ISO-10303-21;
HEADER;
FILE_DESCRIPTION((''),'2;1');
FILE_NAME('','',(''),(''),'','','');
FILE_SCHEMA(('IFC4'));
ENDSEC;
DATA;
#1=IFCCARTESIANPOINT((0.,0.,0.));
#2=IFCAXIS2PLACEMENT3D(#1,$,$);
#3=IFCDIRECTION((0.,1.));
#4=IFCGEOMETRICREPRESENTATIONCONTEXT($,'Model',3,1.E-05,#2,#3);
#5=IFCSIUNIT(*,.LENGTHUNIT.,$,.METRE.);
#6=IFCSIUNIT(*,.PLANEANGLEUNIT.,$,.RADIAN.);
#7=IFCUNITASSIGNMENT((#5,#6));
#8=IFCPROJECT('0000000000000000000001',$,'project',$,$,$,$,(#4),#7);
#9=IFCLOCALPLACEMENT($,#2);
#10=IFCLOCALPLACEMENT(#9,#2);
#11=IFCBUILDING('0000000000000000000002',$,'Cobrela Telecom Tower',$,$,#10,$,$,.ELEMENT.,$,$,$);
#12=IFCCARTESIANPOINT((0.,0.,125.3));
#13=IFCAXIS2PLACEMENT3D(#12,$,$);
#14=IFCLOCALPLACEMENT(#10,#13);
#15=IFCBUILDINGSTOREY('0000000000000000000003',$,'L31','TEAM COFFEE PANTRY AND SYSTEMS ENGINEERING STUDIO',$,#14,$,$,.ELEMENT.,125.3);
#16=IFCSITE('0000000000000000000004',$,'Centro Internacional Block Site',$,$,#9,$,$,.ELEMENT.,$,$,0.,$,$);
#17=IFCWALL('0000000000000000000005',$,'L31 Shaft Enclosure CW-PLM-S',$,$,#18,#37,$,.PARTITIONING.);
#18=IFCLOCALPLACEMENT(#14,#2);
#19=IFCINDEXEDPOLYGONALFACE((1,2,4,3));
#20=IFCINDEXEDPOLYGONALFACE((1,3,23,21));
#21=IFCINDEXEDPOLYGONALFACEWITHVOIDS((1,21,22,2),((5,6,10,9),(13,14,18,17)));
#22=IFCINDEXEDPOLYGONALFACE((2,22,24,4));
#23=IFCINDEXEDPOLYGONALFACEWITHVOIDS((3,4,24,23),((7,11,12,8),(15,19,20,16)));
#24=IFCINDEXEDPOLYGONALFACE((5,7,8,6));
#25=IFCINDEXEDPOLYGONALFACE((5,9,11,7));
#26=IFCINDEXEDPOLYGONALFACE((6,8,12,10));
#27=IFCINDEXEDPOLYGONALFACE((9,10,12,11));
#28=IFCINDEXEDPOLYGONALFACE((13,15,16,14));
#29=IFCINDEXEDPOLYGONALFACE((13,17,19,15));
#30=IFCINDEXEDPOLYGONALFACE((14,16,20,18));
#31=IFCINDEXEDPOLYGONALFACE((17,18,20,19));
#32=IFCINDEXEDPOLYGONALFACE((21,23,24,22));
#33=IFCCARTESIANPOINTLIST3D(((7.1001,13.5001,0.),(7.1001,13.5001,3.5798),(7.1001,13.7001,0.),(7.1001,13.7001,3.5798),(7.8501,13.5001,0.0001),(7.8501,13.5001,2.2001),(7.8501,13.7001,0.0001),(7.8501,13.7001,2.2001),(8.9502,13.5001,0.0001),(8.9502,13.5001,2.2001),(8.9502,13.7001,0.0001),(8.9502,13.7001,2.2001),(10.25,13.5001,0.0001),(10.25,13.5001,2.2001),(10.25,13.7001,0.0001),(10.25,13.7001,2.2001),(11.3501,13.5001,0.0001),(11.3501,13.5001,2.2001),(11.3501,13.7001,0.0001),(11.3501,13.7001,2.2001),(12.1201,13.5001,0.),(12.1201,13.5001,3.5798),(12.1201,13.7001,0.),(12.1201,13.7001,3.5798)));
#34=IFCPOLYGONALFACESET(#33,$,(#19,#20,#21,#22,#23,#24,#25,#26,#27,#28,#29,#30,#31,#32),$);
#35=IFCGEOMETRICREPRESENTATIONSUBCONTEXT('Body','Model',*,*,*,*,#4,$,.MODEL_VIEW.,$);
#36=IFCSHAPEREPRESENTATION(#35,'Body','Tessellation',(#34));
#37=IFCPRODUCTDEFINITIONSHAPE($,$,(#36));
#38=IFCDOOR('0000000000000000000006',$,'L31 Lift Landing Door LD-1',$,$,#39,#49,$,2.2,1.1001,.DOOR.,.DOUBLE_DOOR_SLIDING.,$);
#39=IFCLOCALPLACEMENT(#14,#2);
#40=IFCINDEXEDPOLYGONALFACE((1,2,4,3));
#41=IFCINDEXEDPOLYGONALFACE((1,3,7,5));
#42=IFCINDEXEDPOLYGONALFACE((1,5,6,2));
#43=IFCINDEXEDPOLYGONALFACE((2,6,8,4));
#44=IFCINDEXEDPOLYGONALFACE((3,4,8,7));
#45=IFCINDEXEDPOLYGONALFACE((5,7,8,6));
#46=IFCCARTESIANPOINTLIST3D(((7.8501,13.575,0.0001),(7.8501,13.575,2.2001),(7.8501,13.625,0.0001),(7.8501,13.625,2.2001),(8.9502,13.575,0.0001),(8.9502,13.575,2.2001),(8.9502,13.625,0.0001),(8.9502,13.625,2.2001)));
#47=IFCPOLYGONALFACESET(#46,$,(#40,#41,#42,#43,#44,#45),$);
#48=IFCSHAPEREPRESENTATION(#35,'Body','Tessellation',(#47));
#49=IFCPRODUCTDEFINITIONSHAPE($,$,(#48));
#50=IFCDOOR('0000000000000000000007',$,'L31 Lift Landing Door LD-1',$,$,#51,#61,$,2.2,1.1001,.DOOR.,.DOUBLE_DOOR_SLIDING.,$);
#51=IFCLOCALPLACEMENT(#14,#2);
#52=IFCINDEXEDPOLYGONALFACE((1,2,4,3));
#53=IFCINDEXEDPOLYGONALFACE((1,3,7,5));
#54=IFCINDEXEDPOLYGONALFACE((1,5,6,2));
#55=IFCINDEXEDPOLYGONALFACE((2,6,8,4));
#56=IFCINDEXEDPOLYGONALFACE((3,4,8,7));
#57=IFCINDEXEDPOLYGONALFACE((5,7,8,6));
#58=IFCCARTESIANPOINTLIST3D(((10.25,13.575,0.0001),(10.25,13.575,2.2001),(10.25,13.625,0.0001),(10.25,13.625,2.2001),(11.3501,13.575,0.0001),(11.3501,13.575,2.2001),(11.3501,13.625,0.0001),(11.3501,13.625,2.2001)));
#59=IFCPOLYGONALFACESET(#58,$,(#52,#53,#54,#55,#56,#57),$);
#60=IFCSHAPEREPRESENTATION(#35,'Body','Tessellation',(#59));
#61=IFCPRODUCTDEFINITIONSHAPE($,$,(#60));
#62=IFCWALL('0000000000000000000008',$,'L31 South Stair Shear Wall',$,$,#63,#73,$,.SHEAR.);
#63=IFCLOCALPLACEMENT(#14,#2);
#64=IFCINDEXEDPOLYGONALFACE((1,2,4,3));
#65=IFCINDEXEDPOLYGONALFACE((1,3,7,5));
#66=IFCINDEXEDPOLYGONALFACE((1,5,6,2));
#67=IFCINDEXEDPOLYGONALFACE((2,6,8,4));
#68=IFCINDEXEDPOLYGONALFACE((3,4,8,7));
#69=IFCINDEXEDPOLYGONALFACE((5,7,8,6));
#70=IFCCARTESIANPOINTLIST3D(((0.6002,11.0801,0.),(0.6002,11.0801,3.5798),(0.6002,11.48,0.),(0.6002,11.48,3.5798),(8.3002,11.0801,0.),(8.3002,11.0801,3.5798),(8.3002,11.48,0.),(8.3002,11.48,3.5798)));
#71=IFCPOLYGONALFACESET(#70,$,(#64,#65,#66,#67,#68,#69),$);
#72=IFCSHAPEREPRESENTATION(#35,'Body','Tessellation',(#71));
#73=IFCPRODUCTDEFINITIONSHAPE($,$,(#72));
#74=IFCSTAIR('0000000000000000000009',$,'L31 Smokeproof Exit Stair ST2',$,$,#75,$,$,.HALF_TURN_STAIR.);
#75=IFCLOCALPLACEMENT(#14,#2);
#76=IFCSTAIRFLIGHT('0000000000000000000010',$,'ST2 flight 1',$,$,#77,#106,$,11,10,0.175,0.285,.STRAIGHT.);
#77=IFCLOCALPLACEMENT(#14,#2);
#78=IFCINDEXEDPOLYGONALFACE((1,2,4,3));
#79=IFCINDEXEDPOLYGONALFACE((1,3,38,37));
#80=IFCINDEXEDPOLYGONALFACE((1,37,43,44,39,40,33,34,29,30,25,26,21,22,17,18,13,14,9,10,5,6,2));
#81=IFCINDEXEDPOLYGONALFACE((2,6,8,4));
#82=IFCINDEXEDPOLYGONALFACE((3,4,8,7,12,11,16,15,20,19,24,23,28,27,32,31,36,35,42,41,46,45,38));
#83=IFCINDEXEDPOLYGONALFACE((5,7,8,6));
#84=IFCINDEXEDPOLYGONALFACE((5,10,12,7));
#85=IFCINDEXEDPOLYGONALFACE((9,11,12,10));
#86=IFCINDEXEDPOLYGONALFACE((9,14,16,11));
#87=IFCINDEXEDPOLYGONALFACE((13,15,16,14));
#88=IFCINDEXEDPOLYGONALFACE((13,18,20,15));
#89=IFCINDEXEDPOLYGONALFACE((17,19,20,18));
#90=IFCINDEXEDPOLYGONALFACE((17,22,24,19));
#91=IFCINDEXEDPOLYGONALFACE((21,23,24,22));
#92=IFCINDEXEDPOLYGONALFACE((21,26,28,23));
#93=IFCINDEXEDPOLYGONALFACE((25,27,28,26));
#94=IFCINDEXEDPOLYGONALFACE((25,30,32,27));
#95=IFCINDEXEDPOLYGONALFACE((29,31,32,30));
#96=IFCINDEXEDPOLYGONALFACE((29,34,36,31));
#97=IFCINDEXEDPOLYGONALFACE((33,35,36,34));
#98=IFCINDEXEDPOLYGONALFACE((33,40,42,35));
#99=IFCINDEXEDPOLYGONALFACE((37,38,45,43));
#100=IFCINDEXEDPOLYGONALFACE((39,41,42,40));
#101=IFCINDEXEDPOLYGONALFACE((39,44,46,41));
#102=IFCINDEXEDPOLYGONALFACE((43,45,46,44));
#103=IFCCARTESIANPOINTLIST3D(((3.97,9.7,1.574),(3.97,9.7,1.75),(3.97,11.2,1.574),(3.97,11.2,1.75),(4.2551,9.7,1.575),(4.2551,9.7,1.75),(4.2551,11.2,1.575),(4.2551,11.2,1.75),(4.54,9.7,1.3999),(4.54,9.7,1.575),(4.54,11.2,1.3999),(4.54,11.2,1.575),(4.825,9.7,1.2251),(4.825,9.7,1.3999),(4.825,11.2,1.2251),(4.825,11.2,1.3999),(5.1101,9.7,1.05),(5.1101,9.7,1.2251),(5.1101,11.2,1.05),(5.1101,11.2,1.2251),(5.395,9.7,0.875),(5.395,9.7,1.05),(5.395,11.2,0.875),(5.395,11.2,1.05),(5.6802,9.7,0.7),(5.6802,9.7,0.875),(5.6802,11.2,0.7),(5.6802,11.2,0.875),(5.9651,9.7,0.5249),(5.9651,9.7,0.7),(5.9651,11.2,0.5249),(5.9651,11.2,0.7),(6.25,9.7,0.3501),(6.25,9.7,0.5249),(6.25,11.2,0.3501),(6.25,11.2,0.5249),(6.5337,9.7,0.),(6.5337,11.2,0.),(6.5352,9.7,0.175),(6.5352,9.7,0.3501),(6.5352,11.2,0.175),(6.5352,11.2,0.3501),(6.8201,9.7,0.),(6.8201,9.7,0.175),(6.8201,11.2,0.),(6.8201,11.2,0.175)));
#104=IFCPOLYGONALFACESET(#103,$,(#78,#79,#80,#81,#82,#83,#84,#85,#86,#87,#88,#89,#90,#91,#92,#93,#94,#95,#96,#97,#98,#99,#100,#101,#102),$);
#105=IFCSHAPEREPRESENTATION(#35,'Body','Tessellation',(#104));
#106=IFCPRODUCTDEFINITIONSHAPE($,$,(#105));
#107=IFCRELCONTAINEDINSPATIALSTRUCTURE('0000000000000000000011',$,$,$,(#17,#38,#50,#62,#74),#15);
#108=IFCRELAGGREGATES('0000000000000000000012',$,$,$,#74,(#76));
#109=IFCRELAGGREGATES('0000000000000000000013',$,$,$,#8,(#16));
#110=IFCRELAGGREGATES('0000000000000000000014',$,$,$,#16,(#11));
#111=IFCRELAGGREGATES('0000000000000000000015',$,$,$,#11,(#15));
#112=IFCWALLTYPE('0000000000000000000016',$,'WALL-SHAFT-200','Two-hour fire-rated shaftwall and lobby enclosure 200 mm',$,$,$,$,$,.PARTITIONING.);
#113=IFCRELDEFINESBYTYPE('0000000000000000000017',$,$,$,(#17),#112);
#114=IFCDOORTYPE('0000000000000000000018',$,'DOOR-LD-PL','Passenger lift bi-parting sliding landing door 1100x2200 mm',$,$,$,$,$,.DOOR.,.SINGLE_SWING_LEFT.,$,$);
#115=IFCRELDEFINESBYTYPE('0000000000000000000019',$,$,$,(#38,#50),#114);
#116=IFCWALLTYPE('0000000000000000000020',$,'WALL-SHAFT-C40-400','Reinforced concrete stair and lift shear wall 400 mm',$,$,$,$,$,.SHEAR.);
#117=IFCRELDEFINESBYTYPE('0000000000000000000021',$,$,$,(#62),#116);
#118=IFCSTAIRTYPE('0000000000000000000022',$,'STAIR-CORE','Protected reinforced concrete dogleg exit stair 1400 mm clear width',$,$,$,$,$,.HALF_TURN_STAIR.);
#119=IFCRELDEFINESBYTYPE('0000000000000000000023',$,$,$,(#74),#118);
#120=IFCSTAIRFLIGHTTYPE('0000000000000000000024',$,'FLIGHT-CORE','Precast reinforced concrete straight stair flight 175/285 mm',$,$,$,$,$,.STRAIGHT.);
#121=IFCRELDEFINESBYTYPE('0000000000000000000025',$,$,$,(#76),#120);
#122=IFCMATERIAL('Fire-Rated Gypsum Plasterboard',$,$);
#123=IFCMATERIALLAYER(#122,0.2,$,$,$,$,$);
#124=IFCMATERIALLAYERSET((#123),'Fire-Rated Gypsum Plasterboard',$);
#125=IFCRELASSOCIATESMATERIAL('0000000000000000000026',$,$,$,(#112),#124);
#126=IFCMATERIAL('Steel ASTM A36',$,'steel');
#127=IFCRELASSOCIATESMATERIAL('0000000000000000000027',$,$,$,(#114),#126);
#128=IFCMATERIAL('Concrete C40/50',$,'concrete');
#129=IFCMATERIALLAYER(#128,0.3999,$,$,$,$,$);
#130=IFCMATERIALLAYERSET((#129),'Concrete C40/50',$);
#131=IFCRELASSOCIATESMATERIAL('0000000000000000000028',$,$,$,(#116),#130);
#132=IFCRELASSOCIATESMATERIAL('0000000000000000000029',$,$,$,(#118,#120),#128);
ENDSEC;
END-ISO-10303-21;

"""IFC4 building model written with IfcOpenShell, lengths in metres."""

from ifc_helpers import new_model, si_unit, direction, frame, frame_2d, origin, place, context, subcontext, project, spatial, polyline, rectangle, outline, extrude, material, layer, layer_set, type_object, element, fill, aggregate, save


model = new_model("IFC4")

# Units and contexts
model_context = context("Model", 3, precision=1e-05, world=origin(), true_north=direction((0.0, 1.0)))
body_context = subcontext(model_context, "Body", "Model", "MODEL_VIEW")
ifc_project = project(units=[si_unit("LENGTHUNIT", "METRE"), si_unit("PLANEANGLEUNIT", "RADIAN")], contexts=[model_context])

# Site, building, storey
site_placement = place(None, origin())
site = spatial("IfcSite", under=ifc_project, at=site_placement, Name="Centro Internacional Block Site", CompositionType="ELEMENT", RefElevation=0.0)
building_placement = place(site_placement, origin())
building = spatial("IfcBuilding", under=site, at=building_placement, Name="Cobrela Telecom Tower", CompositionType="ELEMENT")
storey_placement = place(building_placement, frame((0.0, 0.0, 125.3)))
storey = spatial("IfcBuildingStorey", under=building, at=storey_placement, Name="L31", Description="TEAM COFFEE PANTRY AND SYSTEMS ENGINEERING STUDIO", CompositionType="ELEMENT", Elevation=125.3)

# Shared definitions
ifc_material_1 = material(Name="Fire-Rated Gypsum Plasterboard")

# Shared definitions
ifc_layer_1 = layer(ifc_material_1, 0.2)
ifc_layer_set_1 = layer_set([ifc_layer_1], Name="Fire-Rated Gypsum Plasterboard")
wall_type_1 = type_object("IfcWallType", Name="WALL-SHAFT-200", Description="Two-hour fire-rated shaftwall and lobby enclosure 200 mm", PredefinedType="PARTITIONING", material=ifc_layer_set_1)

# Wall, openings, doors
ifc_material_2 = material(Name="Steel ASTM A36", Category="steel")
door_type_1 = type_object("IfcDoorType", Name="DOOR-LD-PL", Description="Passenger lift bi-parting sliding landing door 1100x2200 mm", OperationType="SINGLE_SWING_LEFT", PredefinedType="DOOR", material=ifc_material_2)
wall_1_placement = place(storey_placement, frame((7.1001, 13.6001, 0.0), z_axis=(0.0, 0.0, 1.0), x_axis=(1.0, 0.0, 0.0)))
wall_1 = element("IfcWall", 1, at=wall_1_placement, inside=storey, type_object=wall_type_1, Name="L31 Shaft Enclosure CW-PLM-S", PredefinedType="PARTITIONING", context=body_context, shape_type="SweptSolid", body=[
    extrude(rectangle(XDim=5.02, YDim=0.2, at=frame_2d((2.51, 0.0))), origin(), (0.0, 0.0, 1.0), 3.5798),
])
opening_1_placement = place(wall_1_placement, frame((0.75, 0.0, 0.0)))
opening_1 = element("IfcOpeningElement", 2, at=opening_1_placement, cuts=wall_1, PredefinedType="OPENING", context=body_context, shape_type="SweptSolid", body=[
    extrude(rectangle(XDim=1.1001, YDim=2.2, at=frame_2d((0.55, 1.1001))), frame((0.0, 0.1118, 0.0), z_axis=(0.0, -1.0, 0.0), x_axis=(1.0, 0.0, 0.0)), (0.0, 0.0, 1.0), 0.2239),
])
opening_2_placement = place(wall_1_placement, frame((3.1499, 0.0, 0.0)))
opening_2 = element("IfcOpeningElement", 3, at=opening_2_placement, cuts=wall_1, PredefinedType="OPENING", context=body_context, shape_type="SweptSolid", body=[
    extrude(rectangle(XDim=1.1001, YDim=2.2, at=frame_2d((0.55, 1.1001))), frame((0.0, 0.1118, 0.0), z_axis=(0.0, -1.0, 0.0), x_axis=(1.0, 0.0, 0.0)), (0.0, 0.0, 1.0), 0.2239),
])
door_1_placement = place(opening_1_placement, origin())
door_1 = element("IfcDoor", 4, at=door_1_placement, inside=storey, type_object=door_type_1, Name="L31 Lift Landing Door LD-1", OperationType="DOUBLE_DOOR_SLIDING", OverallHeight=2.2, OverallWidth=1.1001, PredefinedType="DOOR", context=body_context, shape_type="SweptSolid", body=[
    extrude(rectangle(XDim=1.1001, YDim=2.2, at=frame_2d((0.55, 1.1001))), frame((0.0, 0.0249, 0.0), z_axis=(0.0, -1.0, 0.0), x_axis=(1.0, 0.0, 0.0)), (0.0, 0.0, 1.0), 0.05),
])
fill(opening_1, door_1)
door_2_placement = place(opening_2_placement, origin())
door_2 = element("IfcDoor", 5, at=door_2_placement, inside=storey, type_object=door_type_1, Name="L31 Lift Landing Door LD-1", OperationType="DOUBLE_DOOR_SLIDING", OverallHeight=2.2, OverallWidth=1.1001, PredefinedType="DOOR", context=body_context, shape_type="SweptSolid", body=[
    extrude(rectangle(XDim=1.1001, YDim=2.2, at=frame_2d((0.55, 1.1001))), frame((0.0, 0.0249, 0.0), z_axis=(0.0, -1.0, 0.0), x_axis=(1.0, 0.0, 0.0)), (0.0, 0.0, 1.0), 0.05),
])
fill(opening_2, door_2)

# Wall
ifc_material_3 = material(Name="Concrete C40/50", Category="concrete")
ifc_layer_2 = layer(ifc_material_3, 0.3999)
ifc_layer_set_2 = layer_set([ifc_layer_2], Name="Concrete C40/50")
wall_type_2 = type_object("IfcWallType", Name="WALL-SHAFT-C40-400", Description="Reinforced concrete stair and lift shear wall 400 mm", PredefinedType="SHEAR", material=ifc_layer_set_2)
wall_2_placement = place(storey_placement, frame((0.6001, 11.28, 0.0), z_axis=(0.0, 0.0, 1.0), x_axis=(1.0, 0.0, 0.0)))
element("IfcWall", 6, at=wall_2_placement, inside=storey, type_object=wall_type_2, Name="L31 South Stair Shear Wall", PredefinedType="SHEAR", context=body_context, shape_type="SweptSolid", body=[
    extrude(rectangle(XDim=7.7, YDim=0.3999, at=frame_2d((3.8501, 0.0))), origin(), (0.0, 0.0, 1.0), 3.5798),
])

# Stair, stair flight
stair_type = type_object("IfcStairType", Name="STAIR-CORE", Description="Protected reinforced concrete dogleg exit stair 1400 mm clear width", PredefinedType="HALF_TURN_STAIR", material=ifc_material_3)
stair_placement = place(storey_placement, origin())
stair = element("IfcStair", 7, at=stair_placement, inside=storey, type_object=stair_type, Name="L31 Smokeproof Exit Stair ST2", PredefinedType="HALF_TURN_STAIR")
stair_flight_type = type_object("IfcStairFlightType", Name="FLIGHT-CORE", Description="Precast reinforced concrete straight stair flight 175/285 mm", PredefinedType="STRAIGHT", material=ifc_material_3)
stair_flight_placement = place(storey_placement, frame((6.8201, 10.45, 0.0), z_axis=(0.0, 0.0, 1.0), x_axis=(-1.0, 0.0, 0.0)))
stair_flight = element("IfcStairFlight", 8, at=stair_flight_placement, type_object=stair_flight_type, Name="ST2 flight 1", NumberOfRisers=11, NumberOfTreads=10, PredefinedType="STRAIGHT", RiserHeight=0.175, TreadLength=0.285, context=body_context, shape_type="SweptSolid", body=[
    extrude(outline(polyline([(0.0, 0.0), (0.0, 0.175), (0.2849, 0.175), (0.2849, 0.3501), (0.5701, 0.3501), (0.5701, 0.5249), (0.855, 0.5249), (0.855, 0.7), (1.1399, 0.7), (1.1399, 0.875), (1.425, 0.875), (1.425, 1.05), (1.71, 1.05), (1.71, 1.2251), (1.9951, 1.2251), (1.9951, 1.3999), (2.28, 1.3999), (2.28, 1.575), (2.5649, 1.575), (2.5649, 1.75), (2.8501, 1.75), (2.8501, 1.925), (2.8501, 1.574), (0.2864, 0.0), (0.0, 0.0)])), frame((0.0, 0.75, 0.0), z_axis=(0.0, -1.0, 0.0), x_axis=(1.0, 0.0, 0.0)), (0.0, 0.0, 1.0), 1.5),
])
aggregate(stair, [stair_flight])

save(model, "model.ifc")
